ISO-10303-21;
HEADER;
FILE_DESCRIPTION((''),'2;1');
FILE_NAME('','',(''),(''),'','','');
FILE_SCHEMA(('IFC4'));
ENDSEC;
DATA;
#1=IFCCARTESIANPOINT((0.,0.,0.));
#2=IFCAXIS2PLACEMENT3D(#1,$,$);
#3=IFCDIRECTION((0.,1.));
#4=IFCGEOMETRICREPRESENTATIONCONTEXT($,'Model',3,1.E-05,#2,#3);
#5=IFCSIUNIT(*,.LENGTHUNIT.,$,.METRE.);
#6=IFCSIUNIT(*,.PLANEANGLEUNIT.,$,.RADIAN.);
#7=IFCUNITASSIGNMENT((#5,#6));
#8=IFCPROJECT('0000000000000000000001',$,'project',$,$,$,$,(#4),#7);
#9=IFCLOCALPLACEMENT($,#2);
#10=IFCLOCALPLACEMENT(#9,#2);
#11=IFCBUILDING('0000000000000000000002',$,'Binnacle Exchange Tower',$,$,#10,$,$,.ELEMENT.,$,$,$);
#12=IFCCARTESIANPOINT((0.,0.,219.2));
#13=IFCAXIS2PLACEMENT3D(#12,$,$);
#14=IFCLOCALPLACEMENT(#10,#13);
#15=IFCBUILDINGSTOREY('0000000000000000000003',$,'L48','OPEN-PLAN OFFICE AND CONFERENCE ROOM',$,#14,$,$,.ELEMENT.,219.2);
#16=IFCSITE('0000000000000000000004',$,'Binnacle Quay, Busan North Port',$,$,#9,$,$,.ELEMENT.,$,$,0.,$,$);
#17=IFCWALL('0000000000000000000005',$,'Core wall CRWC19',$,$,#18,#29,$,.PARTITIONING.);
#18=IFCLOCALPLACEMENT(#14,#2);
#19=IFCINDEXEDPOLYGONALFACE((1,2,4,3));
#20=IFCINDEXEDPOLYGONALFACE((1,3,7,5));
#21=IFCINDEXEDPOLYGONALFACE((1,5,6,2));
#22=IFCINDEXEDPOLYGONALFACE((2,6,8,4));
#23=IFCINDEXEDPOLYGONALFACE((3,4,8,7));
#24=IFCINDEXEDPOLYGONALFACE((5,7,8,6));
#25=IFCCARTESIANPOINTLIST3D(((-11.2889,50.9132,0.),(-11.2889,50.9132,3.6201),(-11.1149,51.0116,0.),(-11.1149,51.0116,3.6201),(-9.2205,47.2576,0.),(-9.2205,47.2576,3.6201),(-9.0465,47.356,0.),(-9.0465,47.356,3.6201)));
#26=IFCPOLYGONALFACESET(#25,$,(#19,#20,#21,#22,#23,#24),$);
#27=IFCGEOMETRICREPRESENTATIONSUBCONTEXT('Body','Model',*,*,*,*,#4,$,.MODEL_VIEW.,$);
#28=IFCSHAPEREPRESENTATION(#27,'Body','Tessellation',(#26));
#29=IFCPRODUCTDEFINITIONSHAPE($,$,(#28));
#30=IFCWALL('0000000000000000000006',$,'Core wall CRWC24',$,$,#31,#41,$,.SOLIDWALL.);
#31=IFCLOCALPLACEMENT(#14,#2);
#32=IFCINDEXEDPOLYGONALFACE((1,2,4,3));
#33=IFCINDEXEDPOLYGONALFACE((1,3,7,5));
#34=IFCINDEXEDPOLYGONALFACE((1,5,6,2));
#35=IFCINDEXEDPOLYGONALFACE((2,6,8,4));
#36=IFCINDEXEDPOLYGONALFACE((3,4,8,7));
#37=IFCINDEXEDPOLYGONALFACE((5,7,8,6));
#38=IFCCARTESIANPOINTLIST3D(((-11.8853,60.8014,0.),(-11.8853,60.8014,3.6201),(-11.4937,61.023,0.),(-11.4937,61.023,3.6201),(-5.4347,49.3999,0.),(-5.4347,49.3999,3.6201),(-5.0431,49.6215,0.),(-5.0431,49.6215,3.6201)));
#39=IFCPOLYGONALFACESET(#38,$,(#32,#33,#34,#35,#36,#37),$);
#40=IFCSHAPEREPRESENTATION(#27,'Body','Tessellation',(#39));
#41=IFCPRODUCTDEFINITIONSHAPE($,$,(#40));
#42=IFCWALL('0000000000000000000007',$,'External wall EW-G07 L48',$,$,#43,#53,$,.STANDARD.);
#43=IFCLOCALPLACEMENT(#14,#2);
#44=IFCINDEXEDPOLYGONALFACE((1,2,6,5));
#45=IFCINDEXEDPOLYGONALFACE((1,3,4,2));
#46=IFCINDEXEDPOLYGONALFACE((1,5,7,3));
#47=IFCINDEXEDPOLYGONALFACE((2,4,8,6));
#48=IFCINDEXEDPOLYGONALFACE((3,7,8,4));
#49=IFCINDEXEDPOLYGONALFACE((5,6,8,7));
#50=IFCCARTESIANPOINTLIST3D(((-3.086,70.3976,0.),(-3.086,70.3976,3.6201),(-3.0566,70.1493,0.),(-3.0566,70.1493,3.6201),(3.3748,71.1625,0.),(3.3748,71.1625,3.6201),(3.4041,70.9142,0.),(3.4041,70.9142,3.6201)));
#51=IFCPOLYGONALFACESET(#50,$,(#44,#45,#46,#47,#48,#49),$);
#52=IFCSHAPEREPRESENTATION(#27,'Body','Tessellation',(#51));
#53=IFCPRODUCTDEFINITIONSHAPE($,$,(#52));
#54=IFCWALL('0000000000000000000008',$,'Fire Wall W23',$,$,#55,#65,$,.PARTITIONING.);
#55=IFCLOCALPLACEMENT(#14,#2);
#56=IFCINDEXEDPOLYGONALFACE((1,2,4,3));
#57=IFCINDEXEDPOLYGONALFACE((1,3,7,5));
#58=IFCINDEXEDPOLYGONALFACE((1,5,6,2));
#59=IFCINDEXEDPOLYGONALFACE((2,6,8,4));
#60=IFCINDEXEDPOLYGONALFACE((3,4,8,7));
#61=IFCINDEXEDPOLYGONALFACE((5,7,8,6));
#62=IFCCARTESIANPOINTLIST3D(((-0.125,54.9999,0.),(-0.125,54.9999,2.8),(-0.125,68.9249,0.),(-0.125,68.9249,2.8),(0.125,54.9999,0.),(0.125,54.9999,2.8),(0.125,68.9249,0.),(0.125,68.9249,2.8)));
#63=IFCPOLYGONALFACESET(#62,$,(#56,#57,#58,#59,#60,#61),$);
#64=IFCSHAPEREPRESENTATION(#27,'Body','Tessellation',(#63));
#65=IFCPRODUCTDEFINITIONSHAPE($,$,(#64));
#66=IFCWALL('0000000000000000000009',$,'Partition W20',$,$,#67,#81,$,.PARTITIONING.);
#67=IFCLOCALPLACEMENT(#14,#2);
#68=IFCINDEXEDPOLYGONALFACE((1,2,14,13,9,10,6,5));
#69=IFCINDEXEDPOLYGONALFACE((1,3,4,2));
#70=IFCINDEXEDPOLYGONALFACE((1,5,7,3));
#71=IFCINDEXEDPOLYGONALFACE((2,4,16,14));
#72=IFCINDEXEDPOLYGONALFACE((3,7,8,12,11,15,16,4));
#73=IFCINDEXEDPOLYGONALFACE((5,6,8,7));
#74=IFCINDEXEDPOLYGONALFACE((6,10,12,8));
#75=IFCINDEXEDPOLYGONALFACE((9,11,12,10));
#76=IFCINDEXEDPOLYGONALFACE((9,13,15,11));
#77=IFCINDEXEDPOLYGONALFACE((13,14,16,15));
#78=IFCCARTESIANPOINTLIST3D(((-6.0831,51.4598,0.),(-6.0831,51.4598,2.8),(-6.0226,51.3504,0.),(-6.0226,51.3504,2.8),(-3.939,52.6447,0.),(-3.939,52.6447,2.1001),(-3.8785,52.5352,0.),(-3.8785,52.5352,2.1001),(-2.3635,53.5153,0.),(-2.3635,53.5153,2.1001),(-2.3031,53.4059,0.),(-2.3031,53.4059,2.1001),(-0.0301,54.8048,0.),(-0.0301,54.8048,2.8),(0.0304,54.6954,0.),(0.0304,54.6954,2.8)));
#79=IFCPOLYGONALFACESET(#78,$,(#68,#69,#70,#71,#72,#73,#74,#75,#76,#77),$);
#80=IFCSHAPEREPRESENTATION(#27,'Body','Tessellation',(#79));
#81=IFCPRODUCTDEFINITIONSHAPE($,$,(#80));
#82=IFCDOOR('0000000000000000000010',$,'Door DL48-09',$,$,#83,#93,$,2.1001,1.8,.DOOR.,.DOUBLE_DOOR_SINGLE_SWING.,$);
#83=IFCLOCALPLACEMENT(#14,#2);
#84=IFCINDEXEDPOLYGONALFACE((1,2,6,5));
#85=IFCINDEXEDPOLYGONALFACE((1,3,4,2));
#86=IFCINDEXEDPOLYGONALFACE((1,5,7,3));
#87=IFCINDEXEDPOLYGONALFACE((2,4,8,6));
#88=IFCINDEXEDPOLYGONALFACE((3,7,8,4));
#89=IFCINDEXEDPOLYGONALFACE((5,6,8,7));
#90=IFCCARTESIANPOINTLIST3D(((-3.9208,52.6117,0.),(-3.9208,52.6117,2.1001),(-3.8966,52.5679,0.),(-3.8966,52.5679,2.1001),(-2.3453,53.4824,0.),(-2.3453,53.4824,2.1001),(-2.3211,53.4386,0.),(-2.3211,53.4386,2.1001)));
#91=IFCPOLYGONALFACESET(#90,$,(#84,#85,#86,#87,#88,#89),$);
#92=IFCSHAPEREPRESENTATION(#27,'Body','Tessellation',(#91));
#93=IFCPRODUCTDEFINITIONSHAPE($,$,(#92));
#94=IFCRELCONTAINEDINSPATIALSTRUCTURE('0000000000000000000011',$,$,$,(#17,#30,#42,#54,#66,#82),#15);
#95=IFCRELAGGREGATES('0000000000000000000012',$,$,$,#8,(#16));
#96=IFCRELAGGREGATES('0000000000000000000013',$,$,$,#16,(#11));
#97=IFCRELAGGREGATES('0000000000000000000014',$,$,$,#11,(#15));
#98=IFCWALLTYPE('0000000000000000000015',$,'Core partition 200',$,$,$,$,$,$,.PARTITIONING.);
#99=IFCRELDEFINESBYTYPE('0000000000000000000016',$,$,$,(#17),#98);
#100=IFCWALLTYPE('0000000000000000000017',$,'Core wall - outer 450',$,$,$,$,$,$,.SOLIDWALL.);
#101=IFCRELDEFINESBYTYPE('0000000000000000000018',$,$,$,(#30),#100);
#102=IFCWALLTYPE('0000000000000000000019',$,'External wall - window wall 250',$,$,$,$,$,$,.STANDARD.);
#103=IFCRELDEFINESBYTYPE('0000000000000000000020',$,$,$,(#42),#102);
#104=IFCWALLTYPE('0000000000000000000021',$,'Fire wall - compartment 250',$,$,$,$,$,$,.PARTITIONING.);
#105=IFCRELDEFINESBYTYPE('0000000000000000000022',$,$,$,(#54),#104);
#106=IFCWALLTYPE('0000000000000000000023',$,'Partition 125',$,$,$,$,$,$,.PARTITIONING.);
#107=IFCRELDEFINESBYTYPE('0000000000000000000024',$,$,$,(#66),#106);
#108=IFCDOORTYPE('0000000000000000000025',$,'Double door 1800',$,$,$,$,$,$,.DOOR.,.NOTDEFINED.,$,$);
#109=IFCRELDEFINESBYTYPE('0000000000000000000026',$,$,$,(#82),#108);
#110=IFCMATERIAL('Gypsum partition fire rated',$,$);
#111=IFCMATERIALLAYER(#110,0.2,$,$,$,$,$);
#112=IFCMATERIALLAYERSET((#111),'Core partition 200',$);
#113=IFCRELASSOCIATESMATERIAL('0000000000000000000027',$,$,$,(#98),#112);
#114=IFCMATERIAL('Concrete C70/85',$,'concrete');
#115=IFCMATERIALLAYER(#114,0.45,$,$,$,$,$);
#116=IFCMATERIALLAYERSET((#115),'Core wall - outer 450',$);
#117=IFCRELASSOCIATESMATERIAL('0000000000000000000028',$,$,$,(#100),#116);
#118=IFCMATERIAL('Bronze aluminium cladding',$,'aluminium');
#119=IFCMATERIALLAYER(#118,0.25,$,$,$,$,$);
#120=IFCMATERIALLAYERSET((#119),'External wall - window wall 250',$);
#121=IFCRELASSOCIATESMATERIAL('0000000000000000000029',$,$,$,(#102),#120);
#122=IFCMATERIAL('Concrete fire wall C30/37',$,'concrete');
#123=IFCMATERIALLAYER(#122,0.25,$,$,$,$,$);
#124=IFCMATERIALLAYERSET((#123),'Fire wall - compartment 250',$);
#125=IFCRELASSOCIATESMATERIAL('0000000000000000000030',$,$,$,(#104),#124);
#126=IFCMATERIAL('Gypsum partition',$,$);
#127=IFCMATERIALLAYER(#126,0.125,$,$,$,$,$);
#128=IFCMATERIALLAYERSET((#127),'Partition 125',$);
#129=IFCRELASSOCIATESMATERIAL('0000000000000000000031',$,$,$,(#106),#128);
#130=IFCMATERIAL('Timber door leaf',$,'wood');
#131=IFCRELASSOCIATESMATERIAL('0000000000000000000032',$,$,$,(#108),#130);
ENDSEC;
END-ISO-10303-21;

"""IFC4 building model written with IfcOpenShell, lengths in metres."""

from ifc_helpers import new_model, si_unit, direction, frame, frame_2d, origin, place, context, subcontext, project, spatial, rectangle, extrude, material, layer, layer_set, type_object, element, fill, save


model = new_model("IFC4")

# Units and contexts
model_context = context("Model", 3, precision=1e-05, world=origin(), true_north=direction((0.0, 1.0)))
body_context = subcontext(model_context, "Body", "Model", "MODEL_VIEW")
ifc_project = project(units=[si_unit("LENGTHUNIT", "METRE"), si_unit("PLANEANGLEUNIT", "RADIAN")], contexts=[model_context])

# Site, building, storey
site_placement = place(None, origin())
site = spatial("IfcSite", under=ifc_project, at=site_placement, Name="Binnacle Quay, Busan North Port", CompositionType="ELEMENT", RefElevation=0.0)
building_placement = place(site_placement, origin())
building = spatial("IfcBuilding", under=site, at=building_placement, Name="Binnacle Exchange Tower", CompositionType="ELEMENT")
storey_placement = place(building_placement, frame((0.0, 0.0, 219.2)))
storey = spatial("IfcBuildingStorey", under=building, at=storey_placement, Name="L48", Description="OPEN-PLAN OFFICE AND CONFERENCE ROOM", CompositionType="ELEMENT", Elevation=219.2)

# Walls
ifc_material_1 = material(Name="Gypsum partition fire rated")
ifc_layer_1 = layer(ifc_material_1, 0.2)
ifc_layer_set_1 = layer_set([ifc_layer_1], Name="Core partition 200")
wall_type_1 = type_object("IfcWallType", Name="Core partition 200", PredefinedType="PARTITIONING", material=ifc_layer_set_1)
wall_1_placement = place(storey_placement, frame((-11.2019, 50.9624, 0.0), z_axis=(0.0, 0.0, 1.0), x_axis=(0.492454, -0.870339, 0.0)))
element("IfcWall", 1, at=wall_1_placement, inside=storey, type_object=wall_type_1, Name="Core wall CRWC19", PredefinedType="PARTITIONING", context=body_context, shape_type="SweptSolid", body=[
    extrude(rectangle(XDim=4.2002, YDim=0.2, at=frame_2d((2.1001, 0.0))), origin(), (0.0, 0.0, 1.0), 3.6201),
])
ifc_material_2 = material(Name="Concrete C70/85", Category="concrete")
ifc_layer_2 = layer(ifc_material_2, 0.45)
ifc_layer_set_2 = layer_set([ifc_layer_2], Name="Core wall - outer 450")
wall_type_2 = type_object("IfcWallType", Name="Core wall - outer 450", PredefinedType="SOLIDWALL", material=ifc_layer_set_2)
wall_2_placement = place(storey_placement, frame((-11.6895, 60.9121, 0.0), z_axis=(0.0, 0.0, 1.0), x_axis=(0.492421, -0.870357, 0.0)))
element("IfcWall", 2, at=wall_2_placement, inside=storey, type_object=wall_type_2, Name="Core wall CRWC24", PredefinedType="SOLIDWALL", context=body_context, shape_type="SweptSolid", body=[
    extrude(rectangle(XDim=13.0999, YDim=0.45, at=frame_2d((6.5498, 0.0))), origin(), (0.0, 0.0, 1.0), 3.6201),
])
ifc_material_3 = material(Name="Bronze aluminium cladding", Category="aluminium")
ifc_layer_3 = layer(ifc_material_3, 0.25)
ifc_layer_set_3 = layer_set([ifc_layer_3], Name="External wall - window wall 250")
wall_type_3 = type_object("IfcWallType", Name="External wall - window wall 250", PredefinedType="STANDARD", material=ifc_layer_set_3)
wall_3_placement = place(storey_placement, frame((-3.0713, 70.2734, 0.0), z_axis=(0.0, 0.0, 1.0), x_axis=(0.993065, 0.117571, 0.0)))
element("IfcWall", 3, at=wall_3_placement, inside=storey, type_object=wall_type_3, Name="External wall EW-G07 L48", PredefinedType="STANDARD", context=body_context, shape_type="SweptSolid", body=[
    extrude(rectangle(XDim=6.5059, YDim=0.25, at=frame_2d((3.2529, 0.0))), origin(), (0.0, 0.0, 1.0), 3.6201),
])
ifc_material_4 = material(Name="Concrete fire wall C30/37", Category="concrete")
ifc_layer_4 = layer(ifc_material_4, 0.25)
ifc_layer_set_4 = layer_set([ifc_layer_4], Name="Fire wall - compartment 250")
wall_type_4 = type_object("IfcWallType", Name="Fire wall - compartment 250", PredefinedType="PARTITIONING", material=ifc_layer_set_4)
wall_4_placement = place(storey_placement, frame((0.0, 55.0, 0.0), z_axis=(0.0, 0.0, 1.0), x_axis=(0.0, 1.0, 0.0)))
element("IfcWall", 4, at=wall_4_placement, inside=storey, type_object=wall_type_4, Name="Fire Wall W23", PredefinedType="PARTITIONING", context=body_context, shape_type="SweptSolid", body=[
    extrude(rectangle(XDim=13.925, YDim=0.25, at=frame_2d((6.9624, 0.0))), origin(), (0.0, 0.0, 1.0), 2.8),
])

# Wall, opening, door
ifc_material_5 = material(Name="Gypsum partition")
ifc_layer_5 = layer(ifc_material_5, 0.125)
ifc_layer_set_5 = layer_set([ifc_layer_5], Name="Partition 125")
wall_type_5 = type_object("IfcWallType", Name="Partition 125", PredefinedType="PARTITIONING", material=ifc_layer_set_5)
wall_5_placement = place(storey_placement, frame((-6.053, 51.405, 0.0), z_axis=(0.0, 0.0, 1.0), x_axis=(0.875247, 0.483675, 0.0)))
wall_5 = element("IfcWall", 5, at=wall_5_placement, inside=storey, type_object=wall_type_5, Name="Partition W20", PredefinedType="PARTITIONING", context=body_context, shape_type="SweptSolid", body=[
    extrude(rectangle(XDim=6.9158, YDim=0.125, at=frame_2d((3.458, 0.0))), origin(), (0.0, 0.0, 1.0), 2.8),
])
opening_placement = place(wall_5_placement, frame((2.45, 0.0, 0.0)))
opening = element("IfcOpeningElement", 6, at=opening_placement, cuts=wall_5, PredefinedType="OPENING", context=body_context, shape_type="SweptSolid", body=[
    extrude(rectangle(XDim=1.8, YDim=2.1001, at=frame_2d((0.8999, 1.05))), frame((0.0, 0.0725, 0.0), z_axis=(0.0, -1.0, 0.0), x_axis=(1.0, 0.0, 0.0)), (0.0, 0.0, 1.0), 0.145),
])
ifc_material_6 = material(Name="Timber door leaf", Category="wood")
door_type = type_object("IfcDoorType", Name="Double door 1800", OperationType="NOTDEFINED", PredefinedType="DOOR", material=ifc_material_6)
door_placement = place(opening_placement, origin())
door = element("IfcDoor", 7, at=door_placement, inside=storey, type_object=door_type, Name="Door DL48-09", OperationType="DOUBLE_DOOR_SINGLE_SWING", OverallHeight=2.1001, OverallWidth=1.8, PredefinedType="DOOR", context=body_context, shape_type="SweptSolid", body=[
    extrude(rectangle(XDim=1.8, YDim=2.1001, at=frame_2d((0.8999, 1.05))), frame((0.0, 0.0249, 0.0), z_axis=(0.0, -1.0, 0.0), x_axis=(1.0, 0.0, 0.0)), (0.0, 0.0, 1.0), 0.05),
])
fill(opening, door)

save(model, "model.ifc")
